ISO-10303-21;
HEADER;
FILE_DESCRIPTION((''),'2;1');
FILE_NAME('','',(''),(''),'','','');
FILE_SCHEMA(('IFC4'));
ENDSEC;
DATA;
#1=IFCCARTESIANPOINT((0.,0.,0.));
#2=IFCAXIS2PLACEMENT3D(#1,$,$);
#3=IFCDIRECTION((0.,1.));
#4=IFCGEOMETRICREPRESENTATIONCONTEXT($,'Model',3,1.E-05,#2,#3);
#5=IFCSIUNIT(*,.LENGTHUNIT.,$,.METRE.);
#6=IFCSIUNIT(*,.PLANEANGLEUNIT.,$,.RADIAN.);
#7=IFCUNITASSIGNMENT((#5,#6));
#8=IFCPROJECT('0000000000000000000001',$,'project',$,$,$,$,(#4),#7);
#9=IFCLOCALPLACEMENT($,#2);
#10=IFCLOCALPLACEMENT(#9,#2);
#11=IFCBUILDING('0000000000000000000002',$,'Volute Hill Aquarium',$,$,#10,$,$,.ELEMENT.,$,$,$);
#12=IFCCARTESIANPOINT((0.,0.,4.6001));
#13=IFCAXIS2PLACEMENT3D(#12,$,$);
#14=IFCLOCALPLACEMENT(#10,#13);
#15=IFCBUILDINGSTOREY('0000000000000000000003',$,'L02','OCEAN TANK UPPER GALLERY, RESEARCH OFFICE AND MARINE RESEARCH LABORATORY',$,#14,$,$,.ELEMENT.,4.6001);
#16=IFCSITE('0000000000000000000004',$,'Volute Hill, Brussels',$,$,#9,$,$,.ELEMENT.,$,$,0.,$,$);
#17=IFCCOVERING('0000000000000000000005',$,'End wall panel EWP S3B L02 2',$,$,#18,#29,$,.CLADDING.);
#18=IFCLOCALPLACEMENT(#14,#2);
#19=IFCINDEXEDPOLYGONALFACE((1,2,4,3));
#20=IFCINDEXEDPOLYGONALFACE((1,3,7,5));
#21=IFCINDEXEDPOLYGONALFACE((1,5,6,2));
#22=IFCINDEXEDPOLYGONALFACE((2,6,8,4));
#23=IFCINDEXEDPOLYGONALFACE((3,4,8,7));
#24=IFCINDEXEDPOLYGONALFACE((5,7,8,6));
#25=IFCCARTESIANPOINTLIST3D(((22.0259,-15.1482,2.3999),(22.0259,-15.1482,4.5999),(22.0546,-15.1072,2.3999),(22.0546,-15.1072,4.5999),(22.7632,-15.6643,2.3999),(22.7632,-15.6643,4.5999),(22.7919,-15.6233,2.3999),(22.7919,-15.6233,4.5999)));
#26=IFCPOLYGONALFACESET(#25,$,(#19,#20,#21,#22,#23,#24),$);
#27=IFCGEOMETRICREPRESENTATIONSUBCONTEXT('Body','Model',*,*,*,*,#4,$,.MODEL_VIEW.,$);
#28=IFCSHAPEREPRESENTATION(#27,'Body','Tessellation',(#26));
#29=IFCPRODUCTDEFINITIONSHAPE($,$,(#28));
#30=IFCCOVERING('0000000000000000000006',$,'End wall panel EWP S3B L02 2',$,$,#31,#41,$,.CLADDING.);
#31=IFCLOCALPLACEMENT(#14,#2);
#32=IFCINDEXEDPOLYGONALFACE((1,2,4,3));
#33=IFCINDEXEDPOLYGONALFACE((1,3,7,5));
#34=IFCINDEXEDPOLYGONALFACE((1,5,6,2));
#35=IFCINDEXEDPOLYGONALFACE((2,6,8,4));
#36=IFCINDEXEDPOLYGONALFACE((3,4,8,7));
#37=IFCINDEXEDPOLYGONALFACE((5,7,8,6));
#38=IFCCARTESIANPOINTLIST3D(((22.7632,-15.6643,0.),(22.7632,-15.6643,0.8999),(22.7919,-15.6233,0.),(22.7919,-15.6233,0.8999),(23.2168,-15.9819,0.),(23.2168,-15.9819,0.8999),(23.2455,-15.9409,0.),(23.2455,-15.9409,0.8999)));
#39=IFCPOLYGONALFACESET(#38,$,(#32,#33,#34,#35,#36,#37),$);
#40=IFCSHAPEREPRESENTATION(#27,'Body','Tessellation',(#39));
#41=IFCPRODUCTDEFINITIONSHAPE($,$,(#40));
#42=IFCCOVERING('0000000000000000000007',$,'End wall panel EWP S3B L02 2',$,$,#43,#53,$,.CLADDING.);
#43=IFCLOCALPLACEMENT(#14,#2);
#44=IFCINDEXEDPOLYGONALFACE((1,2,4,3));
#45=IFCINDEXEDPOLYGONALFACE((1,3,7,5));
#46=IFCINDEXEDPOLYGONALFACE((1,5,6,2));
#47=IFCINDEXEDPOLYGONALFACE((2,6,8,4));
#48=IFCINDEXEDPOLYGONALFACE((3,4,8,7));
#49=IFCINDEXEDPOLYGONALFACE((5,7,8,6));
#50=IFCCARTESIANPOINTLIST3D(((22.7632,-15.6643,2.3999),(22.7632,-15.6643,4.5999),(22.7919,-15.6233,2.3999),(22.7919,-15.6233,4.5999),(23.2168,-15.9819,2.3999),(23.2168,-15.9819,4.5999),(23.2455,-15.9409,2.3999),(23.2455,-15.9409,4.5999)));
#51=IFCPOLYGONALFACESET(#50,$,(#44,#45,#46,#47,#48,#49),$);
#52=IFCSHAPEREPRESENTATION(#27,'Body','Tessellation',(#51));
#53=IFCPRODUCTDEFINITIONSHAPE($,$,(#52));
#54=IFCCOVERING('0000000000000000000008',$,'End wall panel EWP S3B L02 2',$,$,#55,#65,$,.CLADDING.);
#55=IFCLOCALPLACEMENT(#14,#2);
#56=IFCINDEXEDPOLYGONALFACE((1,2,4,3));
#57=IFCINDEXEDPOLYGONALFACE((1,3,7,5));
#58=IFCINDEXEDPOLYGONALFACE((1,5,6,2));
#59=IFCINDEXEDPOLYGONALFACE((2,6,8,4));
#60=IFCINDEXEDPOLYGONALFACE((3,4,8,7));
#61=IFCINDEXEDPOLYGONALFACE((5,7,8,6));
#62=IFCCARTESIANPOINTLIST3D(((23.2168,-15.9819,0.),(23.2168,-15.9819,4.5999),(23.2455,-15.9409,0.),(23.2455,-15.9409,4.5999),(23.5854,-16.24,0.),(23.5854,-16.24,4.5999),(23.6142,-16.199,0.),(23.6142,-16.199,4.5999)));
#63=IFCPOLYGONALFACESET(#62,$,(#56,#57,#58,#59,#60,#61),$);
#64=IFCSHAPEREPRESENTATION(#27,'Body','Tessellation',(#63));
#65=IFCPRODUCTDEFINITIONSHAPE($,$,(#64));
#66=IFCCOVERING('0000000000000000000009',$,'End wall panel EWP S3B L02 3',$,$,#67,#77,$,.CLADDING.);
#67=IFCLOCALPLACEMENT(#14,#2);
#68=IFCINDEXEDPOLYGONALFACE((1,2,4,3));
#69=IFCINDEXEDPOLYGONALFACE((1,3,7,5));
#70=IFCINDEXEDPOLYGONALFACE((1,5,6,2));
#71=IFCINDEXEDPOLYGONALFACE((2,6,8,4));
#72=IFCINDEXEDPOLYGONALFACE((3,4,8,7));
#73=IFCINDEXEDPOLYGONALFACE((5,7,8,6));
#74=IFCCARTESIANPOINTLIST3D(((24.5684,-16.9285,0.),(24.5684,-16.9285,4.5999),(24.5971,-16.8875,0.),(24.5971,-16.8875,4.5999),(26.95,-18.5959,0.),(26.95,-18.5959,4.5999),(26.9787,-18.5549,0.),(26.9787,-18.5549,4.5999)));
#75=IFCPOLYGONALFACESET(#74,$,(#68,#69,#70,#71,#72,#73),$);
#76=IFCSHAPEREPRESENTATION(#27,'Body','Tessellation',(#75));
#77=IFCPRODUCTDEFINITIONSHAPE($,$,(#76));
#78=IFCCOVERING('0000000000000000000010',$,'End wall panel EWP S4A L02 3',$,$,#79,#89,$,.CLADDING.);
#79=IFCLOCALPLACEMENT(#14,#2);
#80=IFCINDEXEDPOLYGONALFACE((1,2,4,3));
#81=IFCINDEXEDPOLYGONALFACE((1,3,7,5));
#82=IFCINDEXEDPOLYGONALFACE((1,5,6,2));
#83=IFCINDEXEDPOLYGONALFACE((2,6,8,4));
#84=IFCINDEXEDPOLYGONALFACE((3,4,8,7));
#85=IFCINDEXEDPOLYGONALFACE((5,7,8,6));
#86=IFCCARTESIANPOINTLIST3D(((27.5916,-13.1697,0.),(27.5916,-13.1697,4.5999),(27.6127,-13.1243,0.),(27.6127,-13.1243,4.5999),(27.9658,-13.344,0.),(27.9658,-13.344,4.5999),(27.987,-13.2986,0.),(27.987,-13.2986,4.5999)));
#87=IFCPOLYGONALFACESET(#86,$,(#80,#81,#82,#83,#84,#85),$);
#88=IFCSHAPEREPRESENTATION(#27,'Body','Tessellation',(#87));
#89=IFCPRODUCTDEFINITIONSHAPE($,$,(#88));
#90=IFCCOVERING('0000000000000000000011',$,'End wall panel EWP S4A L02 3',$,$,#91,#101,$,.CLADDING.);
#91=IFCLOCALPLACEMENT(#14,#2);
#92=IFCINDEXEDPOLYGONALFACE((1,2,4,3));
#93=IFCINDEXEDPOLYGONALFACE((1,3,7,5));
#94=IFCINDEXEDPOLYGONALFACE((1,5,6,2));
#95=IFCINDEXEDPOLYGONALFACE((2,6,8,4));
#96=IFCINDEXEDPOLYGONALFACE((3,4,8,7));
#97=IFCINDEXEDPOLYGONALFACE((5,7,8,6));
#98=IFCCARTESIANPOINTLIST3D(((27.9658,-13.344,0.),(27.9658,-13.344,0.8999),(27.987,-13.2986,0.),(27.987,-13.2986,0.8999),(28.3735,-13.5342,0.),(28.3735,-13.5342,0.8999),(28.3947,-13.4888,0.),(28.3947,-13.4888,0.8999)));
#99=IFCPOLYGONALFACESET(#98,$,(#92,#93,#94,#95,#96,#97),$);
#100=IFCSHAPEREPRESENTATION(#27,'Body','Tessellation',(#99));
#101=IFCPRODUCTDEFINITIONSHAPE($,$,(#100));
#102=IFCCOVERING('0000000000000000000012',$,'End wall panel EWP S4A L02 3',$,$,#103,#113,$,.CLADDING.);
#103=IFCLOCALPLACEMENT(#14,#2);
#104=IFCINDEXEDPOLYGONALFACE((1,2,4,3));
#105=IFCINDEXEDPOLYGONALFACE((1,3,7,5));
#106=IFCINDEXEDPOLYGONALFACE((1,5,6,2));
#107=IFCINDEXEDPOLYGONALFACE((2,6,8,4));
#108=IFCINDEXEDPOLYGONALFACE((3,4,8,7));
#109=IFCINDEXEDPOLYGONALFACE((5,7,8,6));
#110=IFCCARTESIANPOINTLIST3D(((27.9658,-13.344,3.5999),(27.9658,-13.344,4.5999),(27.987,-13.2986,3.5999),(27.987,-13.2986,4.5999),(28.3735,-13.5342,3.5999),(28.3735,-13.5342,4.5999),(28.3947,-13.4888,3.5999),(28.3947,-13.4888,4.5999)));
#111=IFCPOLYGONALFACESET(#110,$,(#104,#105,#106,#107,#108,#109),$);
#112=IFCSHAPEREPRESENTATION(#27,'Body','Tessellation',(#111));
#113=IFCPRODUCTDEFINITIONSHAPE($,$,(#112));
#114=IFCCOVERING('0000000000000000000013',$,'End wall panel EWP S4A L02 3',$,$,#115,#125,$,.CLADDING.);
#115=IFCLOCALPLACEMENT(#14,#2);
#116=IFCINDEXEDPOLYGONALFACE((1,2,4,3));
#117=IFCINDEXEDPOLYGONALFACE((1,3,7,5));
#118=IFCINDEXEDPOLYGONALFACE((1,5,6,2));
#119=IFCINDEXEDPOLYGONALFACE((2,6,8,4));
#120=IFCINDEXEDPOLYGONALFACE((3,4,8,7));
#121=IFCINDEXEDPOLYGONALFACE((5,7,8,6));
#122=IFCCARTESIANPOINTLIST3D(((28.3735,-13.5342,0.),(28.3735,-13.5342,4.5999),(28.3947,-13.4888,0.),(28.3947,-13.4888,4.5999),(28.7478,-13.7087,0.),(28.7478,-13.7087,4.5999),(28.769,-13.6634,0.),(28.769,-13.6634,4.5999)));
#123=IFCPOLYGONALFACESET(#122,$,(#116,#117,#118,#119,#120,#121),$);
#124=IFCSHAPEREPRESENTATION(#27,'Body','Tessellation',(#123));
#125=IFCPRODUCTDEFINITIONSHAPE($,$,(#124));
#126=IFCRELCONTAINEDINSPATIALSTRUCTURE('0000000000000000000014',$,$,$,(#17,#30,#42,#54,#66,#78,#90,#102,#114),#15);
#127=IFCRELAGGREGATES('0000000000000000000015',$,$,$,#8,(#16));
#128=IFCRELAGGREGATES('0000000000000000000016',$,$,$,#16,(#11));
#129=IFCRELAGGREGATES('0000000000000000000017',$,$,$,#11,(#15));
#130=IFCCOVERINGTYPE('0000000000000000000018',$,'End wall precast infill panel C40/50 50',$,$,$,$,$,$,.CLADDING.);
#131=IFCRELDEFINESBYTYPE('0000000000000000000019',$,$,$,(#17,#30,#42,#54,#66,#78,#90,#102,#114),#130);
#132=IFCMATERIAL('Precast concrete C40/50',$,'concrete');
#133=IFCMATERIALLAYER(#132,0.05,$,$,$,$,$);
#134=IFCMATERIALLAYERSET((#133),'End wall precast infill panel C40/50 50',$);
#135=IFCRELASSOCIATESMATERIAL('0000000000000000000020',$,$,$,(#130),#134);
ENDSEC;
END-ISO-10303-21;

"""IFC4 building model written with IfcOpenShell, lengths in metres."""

from ifc_helpers import new_model, si_unit, direction, frame, origin, place, context, subcontext, project, spatial, polyline, outline, extrude, material, layer, layer_set, type_object, element, save


model = new_model("IFC4")

# Units and contexts
model_context = context("Model", 3, precision=1e-05, world=origin(), true_north=direction((0.0, 1.0)))
body_context = subcontext(model_context, "Body", "Model", "MODEL_VIEW")
ifc_project = project(units=[si_unit("LENGTHUNIT", "METRE"), si_unit("PLANEANGLEUNIT", "RADIAN")], contexts=[model_context])

# Site, building, storey
site_placement = place(None, origin())
site = spatial("IfcSite", under=ifc_project, at=site_placement, Name="Volute Hill, Brussels", CompositionType="ELEMENT", RefElevation=0.0)
building_placement = place(site_placement, origin())
building = spatial("IfcBuilding", under=site, at=building_placement, Name="Volute Hill Aquarium", CompositionType="ELEMENT")
storey_placement = place(building_placement, frame((0.0, 0.0, 4.6001)))
storey = spatial("IfcBuildingStorey", under=building, at=storey_placement, Name="L02", Description="OCEAN TANK UPPER GALLERY, RESEARCH OFFICE AND MARINE RESEARCH LABORATORY", CompositionType="ELEMENT", Elevation=4.6001)

# Coverings
ifc_material_1 = material(Name="Precast concrete C40/50", Category="concrete")
ifc_layer_1 = layer(ifc_material_1, 0.05)
ifc_layer_set_1 = layer_set([ifc_layer_1], Name="End wall precast infill panel C40/50 50")
covering_type_1 = type_object("IfcCoveringType", Name="End wall precast infill panel C40/50 50", PredefinedType="CLADDING", material=ifc_layer_set_1)
covering_1_placement = place(storey_placement, frame((22.0259, -15.1482, 2.3999), z_axis=(-0.573462, -0.819232, 0.0), x_axis=(0.819232, -0.573462, 0.0)))
element("IfcCovering", 1, at=covering_1_placement, inside=storey, type_object=covering_type_1, Name="End wall panel EWP S3B L02 2", PredefinedType="CLADDING", context=body_context, shape_type="SweptSolid", body=[
    extrude(outline(polyline([(0.0, 0.0), (0.9, 0.0), (0.9, 2.2), (0.0, 2.2), (0.0, 0.0)])), origin(), (0.0, 0.0, -1.0), 0.05),
])
covering_2_placement = place(storey_placement, frame((22.7632, -15.6643, 0.0), z_axis=(-0.573581, -0.819149, 0.0), x_axis=(0.819149, -0.573581, 0.0)))
element("IfcCovering", 2, at=covering_2_placement, inside=storey, type_object=covering_type_1, Name="End wall panel EWP S3B L02 2", PredefinedType="CLADDING", context=body_context, shape_type="SweptSolid", body=[
    extrude(outline(polyline([(0.0, 0.0), (0.5538, 0.0), (0.5538, 0.8999), (0.0, 0.8999), (0.0, 0.0)])), origin(), (0.0, 0.0, -1.0), 0.05),
])
covering_3_placement = place(storey_placement, frame((22.7632, -15.6643, 2.3999), z_axis=(-0.573581, -0.819149, 0.0), x_axis=(0.819149, -0.573581, 0.0)))
element("IfcCovering", 3, at=covering_3_placement, inside=storey, type_object=covering_type_1, Name="End wall panel EWP S3B L02 2", PredefinedType="CLADDING", context=body_context, shape_type="SweptSolid", body=[
    extrude(outline(polyline([(0.0, 0.0), (0.5538, 0.0), (0.5538, 2.2), (0.0, 2.2), (0.0, 0.0)])), origin(), (0.0, 0.0, -1.0), 0.05),
])
covering_4_placement = place(storey_placement, frame((23.2168, -15.9819, 0.0), z_axis=(-0.573462, -0.819232, 0.0), x_axis=(0.819232, -0.573462, 0.0)))
element("IfcCovering", 4, at=covering_4_placement, inside=storey, type_object=covering_type_1, Name="End wall panel EWP S3B L02 2", PredefinedType="CLADDING", context=body_context, shape_type="SweptSolid", body=[
    extrude(outline(polyline([(0.0, 0.0), (0.45, 0.0), (0.45, 4.5999), (0.0, 4.5999), (0.0, 0.0)])), origin(), (0.0, 0.0, -1.0), 0.05),
])
covering_5_placement = place(storey_placement, frame((24.5684, -16.9285, 0.0), z_axis=(-0.573547, -0.819173, 0.0), x_axis=(0.819173, -0.573547, 0.0)))
element("IfcCovering", 5, at=covering_5_placement, inside=storey, type_object=covering_type_1, Name="End wall panel EWP S3B L02 3", PredefinedType="CLADDING", context=body_context, shape_type="SweptSolid", body=[
    extrude(outline(polyline([(0.0, 0.0), (2.9073, 0.0), (2.9073, 4.5999), (0.0, 4.5999), (0.0, 0.0)])), origin(), (0.0, 0.0, -1.0), 0.05),
])
covering_6_placement = place(storey_placement, frame((27.5916, -13.1697, 0.0), z_axis=(-0.422206, -0.9065, 0.0), x_axis=(0.9065, -0.422206, 0.0)))
element("IfcCovering", 6, at=covering_6_placement, inside=storey, type_object=covering_type_1, Name="End wall panel EWP S4A L02 3", PredefinedType="CLADDING", context=body_context, shape_type="SweptSolid", body=[
    extrude(outline(polyline([(0.0, 0.0), (0.4129, 0.0), (0.4129, 4.5999), (0.0, 4.5999), (0.0, 0.0)])), origin(), (0.0, 0.0, -1.0), 0.05),
])
covering_7_placement = place(storey_placement, frame((27.9658, -13.344, 0.0), z_axis=(-0.422737, -0.906252, 0.0), x_axis=(0.906252, -0.422737, 0.0)))
element("IfcCovering", 7, at=covering_7_placement, inside=storey, type_object=covering_type_1, Name="End wall panel EWP S4A L02 3", PredefinedType="CLADDING", context=body_context, shape_type="SweptSolid", body=[
    extrude(outline(polyline([(0.0, 0.0), (0.4499, 0.0), (0.4499, 0.8999), (0.0, 0.8999), (0.0, 0.0)])), origin(), (0.0, 0.0, -1.0), 0.05),
])
covering_8_placement = place(storey_placement, frame((27.9658, -13.344, 3.5999), z_axis=(-0.422737, -0.906252, 0.0), x_axis=(0.906252, -0.422737, 0.0)))
element("IfcCovering", 8, at=covering_8_placement, inside=storey, type_object=covering_type_1, Name="End wall panel EWP S4A L02 3", PredefinedType="CLADDING", context=body_context, shape_type="SweptSolid", body=[
    extrude(outline(polyline([(0.0, 0.0), (0.4499, 0.0), (0.4499, 1.0), (0.0, 1.0), (0.0, 0.0)])), origin(), (0.0, 0.0, -1.0), 0.05),
])
covering_9_placement = place(storey_placement, frame((28.3735, -13.5342, 0.0), z_axis=(-0.422691, -0.906274, 0.0), x_axis=(0.906274, -0.422691, 0.0)))
element("IfcCovering", 9, at=covering_9_placement, inside=storey, type_object=covering_type_1, Name="End wall panel EWP S4A L02 3", PredefinedType="CLADDING", context=body_context, shape_type="SweptSolid", body=[
    extrude(outline(polyline([(0.0, 0.0), (0.413, 0.0), (0.413, 4.5999), (0.0, 4.5999), (0.0, 0.0)])), origin(), (0.0, 0.0, -1.0), 0.05),
])

save(model, "model.ifc")
